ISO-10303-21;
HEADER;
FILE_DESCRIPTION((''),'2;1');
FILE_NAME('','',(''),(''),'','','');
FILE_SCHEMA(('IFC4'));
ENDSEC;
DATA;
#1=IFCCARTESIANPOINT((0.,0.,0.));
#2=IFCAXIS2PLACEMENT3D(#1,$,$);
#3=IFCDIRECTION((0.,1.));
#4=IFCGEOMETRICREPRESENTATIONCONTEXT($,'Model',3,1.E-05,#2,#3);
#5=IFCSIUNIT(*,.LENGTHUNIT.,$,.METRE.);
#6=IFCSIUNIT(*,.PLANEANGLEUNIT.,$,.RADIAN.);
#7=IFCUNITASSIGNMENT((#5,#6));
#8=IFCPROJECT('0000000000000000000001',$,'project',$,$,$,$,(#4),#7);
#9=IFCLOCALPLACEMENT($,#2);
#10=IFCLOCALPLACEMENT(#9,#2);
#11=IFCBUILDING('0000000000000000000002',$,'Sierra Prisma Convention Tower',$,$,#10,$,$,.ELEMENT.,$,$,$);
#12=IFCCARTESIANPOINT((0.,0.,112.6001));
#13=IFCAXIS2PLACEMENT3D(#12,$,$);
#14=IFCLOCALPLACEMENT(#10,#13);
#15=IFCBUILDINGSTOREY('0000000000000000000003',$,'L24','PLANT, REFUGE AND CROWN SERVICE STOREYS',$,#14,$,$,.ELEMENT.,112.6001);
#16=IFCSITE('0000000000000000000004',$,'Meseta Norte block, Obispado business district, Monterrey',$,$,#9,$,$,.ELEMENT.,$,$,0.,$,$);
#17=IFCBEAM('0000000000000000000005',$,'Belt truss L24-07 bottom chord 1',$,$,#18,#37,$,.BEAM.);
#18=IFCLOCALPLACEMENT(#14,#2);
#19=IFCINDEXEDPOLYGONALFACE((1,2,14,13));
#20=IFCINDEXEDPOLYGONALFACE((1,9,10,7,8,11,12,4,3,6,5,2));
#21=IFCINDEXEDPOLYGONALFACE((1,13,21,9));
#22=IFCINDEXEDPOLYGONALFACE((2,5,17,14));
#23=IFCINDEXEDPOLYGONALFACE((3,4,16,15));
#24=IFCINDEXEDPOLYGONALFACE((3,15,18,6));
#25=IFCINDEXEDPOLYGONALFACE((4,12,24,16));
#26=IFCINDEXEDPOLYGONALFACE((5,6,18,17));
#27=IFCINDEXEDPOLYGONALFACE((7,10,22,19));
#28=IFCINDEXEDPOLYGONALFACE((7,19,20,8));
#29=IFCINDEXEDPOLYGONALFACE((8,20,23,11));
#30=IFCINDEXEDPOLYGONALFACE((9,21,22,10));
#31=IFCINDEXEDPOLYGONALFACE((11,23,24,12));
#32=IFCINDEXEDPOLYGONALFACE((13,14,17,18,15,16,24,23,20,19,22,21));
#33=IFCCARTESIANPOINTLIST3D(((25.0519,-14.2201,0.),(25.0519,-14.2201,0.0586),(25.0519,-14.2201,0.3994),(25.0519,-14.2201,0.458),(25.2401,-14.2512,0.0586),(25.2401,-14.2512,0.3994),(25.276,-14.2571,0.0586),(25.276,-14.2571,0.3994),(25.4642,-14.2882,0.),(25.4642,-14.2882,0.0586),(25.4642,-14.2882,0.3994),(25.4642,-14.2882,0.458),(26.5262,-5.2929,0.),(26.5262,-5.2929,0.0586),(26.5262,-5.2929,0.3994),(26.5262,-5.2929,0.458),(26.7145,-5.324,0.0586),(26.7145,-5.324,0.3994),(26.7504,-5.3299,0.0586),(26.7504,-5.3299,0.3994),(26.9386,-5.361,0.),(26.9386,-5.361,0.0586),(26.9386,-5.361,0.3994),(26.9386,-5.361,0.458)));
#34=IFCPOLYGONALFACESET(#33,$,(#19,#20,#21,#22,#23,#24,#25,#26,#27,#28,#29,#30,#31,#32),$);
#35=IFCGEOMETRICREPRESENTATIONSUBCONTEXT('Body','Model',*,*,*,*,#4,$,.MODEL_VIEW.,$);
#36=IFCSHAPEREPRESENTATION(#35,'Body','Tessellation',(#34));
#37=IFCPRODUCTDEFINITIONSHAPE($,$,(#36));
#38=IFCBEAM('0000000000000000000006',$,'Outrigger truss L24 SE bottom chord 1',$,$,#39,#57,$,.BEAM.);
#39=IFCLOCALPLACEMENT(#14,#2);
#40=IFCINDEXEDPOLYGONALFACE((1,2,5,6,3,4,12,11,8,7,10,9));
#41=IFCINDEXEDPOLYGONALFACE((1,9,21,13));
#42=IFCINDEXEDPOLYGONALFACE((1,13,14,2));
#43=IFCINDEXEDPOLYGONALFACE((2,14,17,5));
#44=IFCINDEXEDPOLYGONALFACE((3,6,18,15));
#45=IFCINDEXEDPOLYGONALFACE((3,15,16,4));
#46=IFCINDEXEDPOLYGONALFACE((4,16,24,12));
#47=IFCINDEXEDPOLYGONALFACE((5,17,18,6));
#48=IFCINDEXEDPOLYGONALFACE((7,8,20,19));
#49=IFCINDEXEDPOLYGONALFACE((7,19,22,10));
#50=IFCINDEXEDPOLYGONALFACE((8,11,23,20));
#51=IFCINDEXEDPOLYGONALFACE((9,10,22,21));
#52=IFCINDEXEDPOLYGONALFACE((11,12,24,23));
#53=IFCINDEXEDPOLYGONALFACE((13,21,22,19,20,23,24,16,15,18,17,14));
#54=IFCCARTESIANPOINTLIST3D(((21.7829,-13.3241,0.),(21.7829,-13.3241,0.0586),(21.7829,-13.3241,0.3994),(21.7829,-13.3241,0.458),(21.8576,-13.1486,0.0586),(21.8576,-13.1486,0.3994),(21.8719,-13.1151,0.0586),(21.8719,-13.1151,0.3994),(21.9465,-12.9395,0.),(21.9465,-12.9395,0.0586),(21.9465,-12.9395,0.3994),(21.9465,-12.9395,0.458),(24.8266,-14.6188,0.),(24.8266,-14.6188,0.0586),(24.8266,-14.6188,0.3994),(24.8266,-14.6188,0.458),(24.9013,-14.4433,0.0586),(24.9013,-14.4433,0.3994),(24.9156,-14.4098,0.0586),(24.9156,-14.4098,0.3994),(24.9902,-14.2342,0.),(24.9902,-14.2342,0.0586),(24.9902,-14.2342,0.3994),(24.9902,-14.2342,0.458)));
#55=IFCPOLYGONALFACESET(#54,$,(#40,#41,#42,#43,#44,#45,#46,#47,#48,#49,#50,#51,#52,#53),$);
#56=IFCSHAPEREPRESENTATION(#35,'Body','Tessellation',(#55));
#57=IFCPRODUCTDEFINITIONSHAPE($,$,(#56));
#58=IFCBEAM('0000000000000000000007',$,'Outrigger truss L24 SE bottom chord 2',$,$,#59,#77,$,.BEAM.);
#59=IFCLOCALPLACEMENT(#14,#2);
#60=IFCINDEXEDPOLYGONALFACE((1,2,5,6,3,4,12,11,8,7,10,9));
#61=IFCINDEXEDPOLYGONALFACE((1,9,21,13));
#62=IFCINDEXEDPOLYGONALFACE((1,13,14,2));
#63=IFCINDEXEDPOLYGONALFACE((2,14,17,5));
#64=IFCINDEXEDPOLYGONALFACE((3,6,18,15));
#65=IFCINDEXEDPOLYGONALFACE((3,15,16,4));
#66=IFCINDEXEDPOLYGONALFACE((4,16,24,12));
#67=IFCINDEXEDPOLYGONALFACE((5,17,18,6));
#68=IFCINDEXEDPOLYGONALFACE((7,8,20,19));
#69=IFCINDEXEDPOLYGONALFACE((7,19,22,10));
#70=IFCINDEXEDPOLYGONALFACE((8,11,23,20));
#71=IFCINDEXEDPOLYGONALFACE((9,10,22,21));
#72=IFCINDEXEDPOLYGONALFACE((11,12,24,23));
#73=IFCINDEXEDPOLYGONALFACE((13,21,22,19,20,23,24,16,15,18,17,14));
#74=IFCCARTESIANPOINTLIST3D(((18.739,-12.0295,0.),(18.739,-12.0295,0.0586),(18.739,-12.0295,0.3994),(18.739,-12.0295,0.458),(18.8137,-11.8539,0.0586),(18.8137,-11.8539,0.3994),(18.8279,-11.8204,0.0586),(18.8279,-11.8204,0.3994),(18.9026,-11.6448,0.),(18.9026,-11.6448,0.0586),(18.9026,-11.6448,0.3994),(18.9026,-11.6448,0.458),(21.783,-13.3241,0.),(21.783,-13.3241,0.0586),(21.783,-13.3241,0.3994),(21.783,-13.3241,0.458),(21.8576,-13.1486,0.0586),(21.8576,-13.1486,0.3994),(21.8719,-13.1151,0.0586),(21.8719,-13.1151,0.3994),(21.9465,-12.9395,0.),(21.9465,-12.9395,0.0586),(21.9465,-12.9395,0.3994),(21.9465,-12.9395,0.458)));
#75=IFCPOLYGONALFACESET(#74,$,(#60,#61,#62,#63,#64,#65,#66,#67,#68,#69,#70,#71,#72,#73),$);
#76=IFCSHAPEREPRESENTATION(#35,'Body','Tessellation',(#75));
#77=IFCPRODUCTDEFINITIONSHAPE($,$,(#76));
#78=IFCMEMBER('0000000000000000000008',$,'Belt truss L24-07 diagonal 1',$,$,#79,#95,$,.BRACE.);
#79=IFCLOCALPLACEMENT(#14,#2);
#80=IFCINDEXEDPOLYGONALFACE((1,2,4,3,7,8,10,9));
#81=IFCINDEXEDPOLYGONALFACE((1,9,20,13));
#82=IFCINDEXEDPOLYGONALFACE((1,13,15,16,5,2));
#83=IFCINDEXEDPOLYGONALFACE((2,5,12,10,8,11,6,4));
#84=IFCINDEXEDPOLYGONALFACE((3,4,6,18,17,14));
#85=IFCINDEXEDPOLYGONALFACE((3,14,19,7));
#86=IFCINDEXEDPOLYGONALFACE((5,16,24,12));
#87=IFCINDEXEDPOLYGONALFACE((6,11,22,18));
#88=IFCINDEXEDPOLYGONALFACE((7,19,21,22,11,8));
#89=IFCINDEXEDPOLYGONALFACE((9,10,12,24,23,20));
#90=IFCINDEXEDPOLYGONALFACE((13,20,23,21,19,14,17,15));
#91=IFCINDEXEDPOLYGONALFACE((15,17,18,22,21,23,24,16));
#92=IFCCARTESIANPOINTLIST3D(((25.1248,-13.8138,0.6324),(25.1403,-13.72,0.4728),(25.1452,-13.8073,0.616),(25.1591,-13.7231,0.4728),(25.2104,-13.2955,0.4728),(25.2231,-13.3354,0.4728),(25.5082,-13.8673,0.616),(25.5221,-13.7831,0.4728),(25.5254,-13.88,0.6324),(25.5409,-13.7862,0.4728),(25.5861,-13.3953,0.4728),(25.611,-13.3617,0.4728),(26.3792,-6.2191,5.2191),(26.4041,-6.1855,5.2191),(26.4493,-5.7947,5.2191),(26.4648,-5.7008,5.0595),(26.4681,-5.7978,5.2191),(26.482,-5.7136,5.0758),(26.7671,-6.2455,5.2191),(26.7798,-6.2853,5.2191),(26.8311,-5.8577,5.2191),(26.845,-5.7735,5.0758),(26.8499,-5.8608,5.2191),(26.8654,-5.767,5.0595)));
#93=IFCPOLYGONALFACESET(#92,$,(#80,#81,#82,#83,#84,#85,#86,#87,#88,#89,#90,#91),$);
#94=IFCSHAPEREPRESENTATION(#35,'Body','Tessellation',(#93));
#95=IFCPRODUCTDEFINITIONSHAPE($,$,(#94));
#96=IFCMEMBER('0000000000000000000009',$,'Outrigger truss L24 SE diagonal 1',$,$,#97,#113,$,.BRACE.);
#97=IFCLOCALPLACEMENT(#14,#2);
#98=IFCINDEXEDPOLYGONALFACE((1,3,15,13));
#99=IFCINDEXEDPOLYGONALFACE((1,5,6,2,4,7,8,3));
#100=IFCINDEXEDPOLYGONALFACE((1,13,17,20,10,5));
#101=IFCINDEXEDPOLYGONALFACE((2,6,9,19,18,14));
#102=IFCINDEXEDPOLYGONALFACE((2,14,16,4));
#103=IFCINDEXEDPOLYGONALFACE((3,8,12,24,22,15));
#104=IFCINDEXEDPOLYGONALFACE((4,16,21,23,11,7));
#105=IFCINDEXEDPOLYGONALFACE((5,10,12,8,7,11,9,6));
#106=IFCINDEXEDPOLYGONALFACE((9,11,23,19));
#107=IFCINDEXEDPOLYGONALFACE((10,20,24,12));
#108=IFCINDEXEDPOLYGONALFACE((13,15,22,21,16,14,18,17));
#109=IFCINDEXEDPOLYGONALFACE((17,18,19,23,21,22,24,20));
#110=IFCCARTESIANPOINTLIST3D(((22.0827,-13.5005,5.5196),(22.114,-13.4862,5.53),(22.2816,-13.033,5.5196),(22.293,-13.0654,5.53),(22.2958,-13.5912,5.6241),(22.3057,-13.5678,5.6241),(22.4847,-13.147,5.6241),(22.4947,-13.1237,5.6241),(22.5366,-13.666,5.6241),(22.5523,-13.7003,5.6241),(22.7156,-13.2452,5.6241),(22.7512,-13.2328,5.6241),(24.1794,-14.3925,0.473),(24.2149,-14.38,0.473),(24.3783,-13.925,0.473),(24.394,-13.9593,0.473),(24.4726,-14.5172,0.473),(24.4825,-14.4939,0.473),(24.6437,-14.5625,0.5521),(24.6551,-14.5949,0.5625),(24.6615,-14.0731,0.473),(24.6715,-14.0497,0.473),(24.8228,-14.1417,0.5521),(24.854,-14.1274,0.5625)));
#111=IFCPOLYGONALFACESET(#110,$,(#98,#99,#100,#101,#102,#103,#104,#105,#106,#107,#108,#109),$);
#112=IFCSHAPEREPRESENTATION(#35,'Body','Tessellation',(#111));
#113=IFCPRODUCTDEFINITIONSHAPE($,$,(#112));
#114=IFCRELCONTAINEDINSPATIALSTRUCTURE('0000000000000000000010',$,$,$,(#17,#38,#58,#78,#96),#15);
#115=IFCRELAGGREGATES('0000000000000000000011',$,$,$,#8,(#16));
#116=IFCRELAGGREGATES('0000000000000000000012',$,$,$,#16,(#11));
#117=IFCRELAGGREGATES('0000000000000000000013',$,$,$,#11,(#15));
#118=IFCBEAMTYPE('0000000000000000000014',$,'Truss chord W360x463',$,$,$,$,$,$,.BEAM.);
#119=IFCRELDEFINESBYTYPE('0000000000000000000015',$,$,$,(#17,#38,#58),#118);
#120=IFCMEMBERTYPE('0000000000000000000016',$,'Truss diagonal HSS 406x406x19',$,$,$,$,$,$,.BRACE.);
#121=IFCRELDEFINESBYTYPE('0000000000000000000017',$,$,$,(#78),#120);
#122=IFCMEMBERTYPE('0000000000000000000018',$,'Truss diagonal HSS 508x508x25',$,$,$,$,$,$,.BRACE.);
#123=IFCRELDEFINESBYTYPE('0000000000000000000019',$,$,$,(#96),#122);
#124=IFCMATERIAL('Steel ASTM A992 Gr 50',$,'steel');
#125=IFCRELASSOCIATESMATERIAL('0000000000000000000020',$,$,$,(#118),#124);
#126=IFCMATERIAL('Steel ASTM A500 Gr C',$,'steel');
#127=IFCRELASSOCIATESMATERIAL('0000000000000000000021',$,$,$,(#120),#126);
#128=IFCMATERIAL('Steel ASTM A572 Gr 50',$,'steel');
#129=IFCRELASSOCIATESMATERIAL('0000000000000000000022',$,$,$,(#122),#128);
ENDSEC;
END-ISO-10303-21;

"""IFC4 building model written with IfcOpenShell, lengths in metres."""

from ifc_helpers import new_model, si_unit, direction, frame, origin, origin_2d, place, context, subcontext, project, spatial, hollow_rectangle, i_section, extrude, clip, halfspace, material, material_profile, profile_set, type_object, element, save


model = new_model("IFC4")

# Units and contexts
model_context = context("Model", 3, precision=1e-05, world=origin(), true_north=direction((0.0, 1.0)))
body_context = subcontext(model_context, "Body", "Model", "MODEL_VIEW")
ifc_project = project(units=[si_unit("LENGTHUNIT", "METRE"), si_unit("PLANEANGLEUNIT", "RADIAN")], contexts=[model_context])

# Site, building, storey
site_placement = place(None, origin())
site = spatial("IfcSite", under=ifc_project, at=site_placement, Name="Meseta Norte block, Obispado business district, Monterrey", CompositionType="ELEMENT", RefElevation=0.0)
building_placement = place(site_placement, origin())
building = spatial("IfcBuilding", under=site, at=building_placement, Name="Sierra Prisma Convention Tower", CompositionType="ELEMENT")
storey_placement = place(building_placement, frame((0.0, 0.0, 112.6001)))
storey = spatial("IfcBuildingStorey", under=building, at=storey_placement, Name="L24", Description="PLANT, REFUGE AND CROWN SERVICE STOREYS", CompositionType="ELEMENT", Elevation=112.6001)

# Beams
ifc_material_1 = material(Name="Steel ASTM A992 Gr 50", Category="steel")
ifc_material_profile_1 = material_profile(ifc_material_1, i_section(OverallWidth=0.418, OverallDepth=0.458, WebThickness=0.0364, FlangeThickness=0.0586, at=origin_2d()), Name="W360x463")
ifc_profile_set_1 = profile_set([ifc_material_profile_1], Name="Steel ASTM A992 Gr 50")
beam_type_1 = type_object("IfcBeamType", Name="Truss chord W360x463", PredefinedType="BEAM", material=ifc_profile_set_1)
beam_1_placement = place(storey_placement, frame((25.2581, -14.2542, 0.229), z_axis=(0.162946, 0.986635, 0.0), x_axis=(-0.986635, 0.162946, 0.0)))
element("IfcBeam", 1, at=beam_1_placement, inside=storey, type_object=beam_type_1, Name="Belt truss L24-07 bottom chord 1", PredefinedType="BEAM", context=body_context, shape_type="SweptSolid", body=[
    extrude(i_section(OverallWidth=0.418, OverallDepth=0.458, WebThickness=0.0364, FlangeThickness=0.0586, at=origin_2d()), origin(), (0.0, 0.0, 1.0), 9.0481),
])
beam_2_placement = place(storey_placement, frame((24.9084, -14.4265, 0.229), z_axis=(-0.920211, 0.391424, 0.0), x_axis=(-0.391424, -0.920211, 0.0)))
element("IfcBeam", 2, at=beam_2_placement, inside=storey, type_object=beam_type_1, Name="Outrigger truss L24 SE bottom chord 1", PredefinedType="BEAM", context=body_context, shape_type="SweptSolid", body=[
    extrude(i_section(OverallWidth=0.418, OverallDepth=0.458, WebThickness=0.0364, FlangeThickness=0.0586, at=origin_2d()), origin(), (0.0, 0.0, 1.0), 3.3076),
])
beam_3_placement = place(storey_placement, frame((21.8647, -13.1318, 0.229), z_axis=(-0.920222, 0.391397, 0.0), x_axis=(-0.391397, -0.920222, 0.0)))
element("IfcBeam", 3, at=beam_3_placement, inside=storey, type_object=beam_type_1, Name="Outrigger truss L24 SE bottom chord 2", PredefinedType="BEAM", context=body_context, shape_type="SweptSolid", body=[
    extrude(i_section(OverallWidth=0.418, OverallDepth=0.458, WebThickness=0.0364, FlangeThickness=0.0586, at=origin_2d()), origin(), (0.0, 0.0, 1.0), 3.3079),
])

# Members
ifc_material_2 = material(Name="Steel ASTM A500 Gr C", Category="steel")
ifc_material_profile_2 = material_profile(ifc_material_2, hollow_rectangle(XDim=0.406, YDim=0.406, WallThickness=0.019, at=origin_2d()), Name="Truss diagonal HSS 406x406x19")
ifc_profile_set_2 = profile_set([ifc_material_profile_2], Name="Steel ASTM A500 Gr C")
member_type_1 = type_object("IfcMemberType", Name="Truss diagonal HSS 406x406x19", PredefinedType="BRACE", material=ifc_profile_set_2)
member_1_placement = place(storey_placement, frame((25.342, -13.7444, 0.458), z_axis=(0.139993, 0.847574, 0.511878), x_axis=(-0.986632, 0.162961, 0.0)))
element("IfcMember", 4, at=member_1_placement, inside=storey, type_object=member_type_1, Name="Belt truss L24-07 diagonal 1", PredefinedType="BRACE", context=body_context, shape_type="SweptSolid", body=[
    clip(clip(extrude(hollow_rectangle(XDim=0.406, YDim=0.406, WallThickness=0.019, at=origin_2d()), origin(), (0.0, 0.0, 1.0), 9.3301), halfspace(frame((0.0, 0.0127, 0.0076), z_axis=(0.0, 0.859058, 0.511878), x_axis=(1.0, 0.0, 0.0)), True)), halfspace(frame((0.0, -0.0127, 9.3225), z_axis=(0.0, -0.859058, -0.511878), x_axis=(1.0, 0.0, 0.0)), True)),
])
ifc_material_3 = material(Name="Steel ASTM A572 Gr 50", Category="steel")
ifc_material_profile_3 = material_profile(ifc_material_3, hollow_rectangle(XDim=0.5081, YDim=0.5081, WallThickness=0.0254, at=origin_2d()), Name="Truss diagonal HSS 508x508x25")
ifc_profile_set_3 = profile_set([ifc_material_profile_3], Name="Steel ASTM A572 Gr 50")
member_type_2 = type_object("IfcMemberType", Name="Truss diagonal HSS 508x508x25", PredefinedType="BRACE", material=ifc_profile_set_3)
member_2_placement = place(storey_placement, frame((24.5415, -14.2705, 0.458), z_axis=(-0.37865, 0.161091, 0.911413), x_axis=(-0.39148, -0.920187, 0.0)))
element("IfcMember", 5, at=member_2_placement, inside=storey, type_object=member_type_2, Name="Outrigger truss L24 SE diagonal 1", PredefinedType="BRACE", context=body_context, shape_type="SweptSolid", body=[
    clip(clip(extrude(hollow_rectangle(XDim=0.5081, YDim=0.5081, WallThickness=0.0254, at=origin_2d()), origin(), (0.0, 0.0, 1.0), 5.6682), halfspace(frame((0.0, 0.0061, 0.0137), z_axis=(0.0, 0.411493, 0.911413), x_axis=(1.0, 0.0, 0.0)), True)), halfspace(frame((0.0, 0.0, 5.6682), z_axis=(0.0, -0.411493, -0.911413), x_axis=(1.0, 0.0, 0.0)), True)),
])

save(model, "model.ifc")
